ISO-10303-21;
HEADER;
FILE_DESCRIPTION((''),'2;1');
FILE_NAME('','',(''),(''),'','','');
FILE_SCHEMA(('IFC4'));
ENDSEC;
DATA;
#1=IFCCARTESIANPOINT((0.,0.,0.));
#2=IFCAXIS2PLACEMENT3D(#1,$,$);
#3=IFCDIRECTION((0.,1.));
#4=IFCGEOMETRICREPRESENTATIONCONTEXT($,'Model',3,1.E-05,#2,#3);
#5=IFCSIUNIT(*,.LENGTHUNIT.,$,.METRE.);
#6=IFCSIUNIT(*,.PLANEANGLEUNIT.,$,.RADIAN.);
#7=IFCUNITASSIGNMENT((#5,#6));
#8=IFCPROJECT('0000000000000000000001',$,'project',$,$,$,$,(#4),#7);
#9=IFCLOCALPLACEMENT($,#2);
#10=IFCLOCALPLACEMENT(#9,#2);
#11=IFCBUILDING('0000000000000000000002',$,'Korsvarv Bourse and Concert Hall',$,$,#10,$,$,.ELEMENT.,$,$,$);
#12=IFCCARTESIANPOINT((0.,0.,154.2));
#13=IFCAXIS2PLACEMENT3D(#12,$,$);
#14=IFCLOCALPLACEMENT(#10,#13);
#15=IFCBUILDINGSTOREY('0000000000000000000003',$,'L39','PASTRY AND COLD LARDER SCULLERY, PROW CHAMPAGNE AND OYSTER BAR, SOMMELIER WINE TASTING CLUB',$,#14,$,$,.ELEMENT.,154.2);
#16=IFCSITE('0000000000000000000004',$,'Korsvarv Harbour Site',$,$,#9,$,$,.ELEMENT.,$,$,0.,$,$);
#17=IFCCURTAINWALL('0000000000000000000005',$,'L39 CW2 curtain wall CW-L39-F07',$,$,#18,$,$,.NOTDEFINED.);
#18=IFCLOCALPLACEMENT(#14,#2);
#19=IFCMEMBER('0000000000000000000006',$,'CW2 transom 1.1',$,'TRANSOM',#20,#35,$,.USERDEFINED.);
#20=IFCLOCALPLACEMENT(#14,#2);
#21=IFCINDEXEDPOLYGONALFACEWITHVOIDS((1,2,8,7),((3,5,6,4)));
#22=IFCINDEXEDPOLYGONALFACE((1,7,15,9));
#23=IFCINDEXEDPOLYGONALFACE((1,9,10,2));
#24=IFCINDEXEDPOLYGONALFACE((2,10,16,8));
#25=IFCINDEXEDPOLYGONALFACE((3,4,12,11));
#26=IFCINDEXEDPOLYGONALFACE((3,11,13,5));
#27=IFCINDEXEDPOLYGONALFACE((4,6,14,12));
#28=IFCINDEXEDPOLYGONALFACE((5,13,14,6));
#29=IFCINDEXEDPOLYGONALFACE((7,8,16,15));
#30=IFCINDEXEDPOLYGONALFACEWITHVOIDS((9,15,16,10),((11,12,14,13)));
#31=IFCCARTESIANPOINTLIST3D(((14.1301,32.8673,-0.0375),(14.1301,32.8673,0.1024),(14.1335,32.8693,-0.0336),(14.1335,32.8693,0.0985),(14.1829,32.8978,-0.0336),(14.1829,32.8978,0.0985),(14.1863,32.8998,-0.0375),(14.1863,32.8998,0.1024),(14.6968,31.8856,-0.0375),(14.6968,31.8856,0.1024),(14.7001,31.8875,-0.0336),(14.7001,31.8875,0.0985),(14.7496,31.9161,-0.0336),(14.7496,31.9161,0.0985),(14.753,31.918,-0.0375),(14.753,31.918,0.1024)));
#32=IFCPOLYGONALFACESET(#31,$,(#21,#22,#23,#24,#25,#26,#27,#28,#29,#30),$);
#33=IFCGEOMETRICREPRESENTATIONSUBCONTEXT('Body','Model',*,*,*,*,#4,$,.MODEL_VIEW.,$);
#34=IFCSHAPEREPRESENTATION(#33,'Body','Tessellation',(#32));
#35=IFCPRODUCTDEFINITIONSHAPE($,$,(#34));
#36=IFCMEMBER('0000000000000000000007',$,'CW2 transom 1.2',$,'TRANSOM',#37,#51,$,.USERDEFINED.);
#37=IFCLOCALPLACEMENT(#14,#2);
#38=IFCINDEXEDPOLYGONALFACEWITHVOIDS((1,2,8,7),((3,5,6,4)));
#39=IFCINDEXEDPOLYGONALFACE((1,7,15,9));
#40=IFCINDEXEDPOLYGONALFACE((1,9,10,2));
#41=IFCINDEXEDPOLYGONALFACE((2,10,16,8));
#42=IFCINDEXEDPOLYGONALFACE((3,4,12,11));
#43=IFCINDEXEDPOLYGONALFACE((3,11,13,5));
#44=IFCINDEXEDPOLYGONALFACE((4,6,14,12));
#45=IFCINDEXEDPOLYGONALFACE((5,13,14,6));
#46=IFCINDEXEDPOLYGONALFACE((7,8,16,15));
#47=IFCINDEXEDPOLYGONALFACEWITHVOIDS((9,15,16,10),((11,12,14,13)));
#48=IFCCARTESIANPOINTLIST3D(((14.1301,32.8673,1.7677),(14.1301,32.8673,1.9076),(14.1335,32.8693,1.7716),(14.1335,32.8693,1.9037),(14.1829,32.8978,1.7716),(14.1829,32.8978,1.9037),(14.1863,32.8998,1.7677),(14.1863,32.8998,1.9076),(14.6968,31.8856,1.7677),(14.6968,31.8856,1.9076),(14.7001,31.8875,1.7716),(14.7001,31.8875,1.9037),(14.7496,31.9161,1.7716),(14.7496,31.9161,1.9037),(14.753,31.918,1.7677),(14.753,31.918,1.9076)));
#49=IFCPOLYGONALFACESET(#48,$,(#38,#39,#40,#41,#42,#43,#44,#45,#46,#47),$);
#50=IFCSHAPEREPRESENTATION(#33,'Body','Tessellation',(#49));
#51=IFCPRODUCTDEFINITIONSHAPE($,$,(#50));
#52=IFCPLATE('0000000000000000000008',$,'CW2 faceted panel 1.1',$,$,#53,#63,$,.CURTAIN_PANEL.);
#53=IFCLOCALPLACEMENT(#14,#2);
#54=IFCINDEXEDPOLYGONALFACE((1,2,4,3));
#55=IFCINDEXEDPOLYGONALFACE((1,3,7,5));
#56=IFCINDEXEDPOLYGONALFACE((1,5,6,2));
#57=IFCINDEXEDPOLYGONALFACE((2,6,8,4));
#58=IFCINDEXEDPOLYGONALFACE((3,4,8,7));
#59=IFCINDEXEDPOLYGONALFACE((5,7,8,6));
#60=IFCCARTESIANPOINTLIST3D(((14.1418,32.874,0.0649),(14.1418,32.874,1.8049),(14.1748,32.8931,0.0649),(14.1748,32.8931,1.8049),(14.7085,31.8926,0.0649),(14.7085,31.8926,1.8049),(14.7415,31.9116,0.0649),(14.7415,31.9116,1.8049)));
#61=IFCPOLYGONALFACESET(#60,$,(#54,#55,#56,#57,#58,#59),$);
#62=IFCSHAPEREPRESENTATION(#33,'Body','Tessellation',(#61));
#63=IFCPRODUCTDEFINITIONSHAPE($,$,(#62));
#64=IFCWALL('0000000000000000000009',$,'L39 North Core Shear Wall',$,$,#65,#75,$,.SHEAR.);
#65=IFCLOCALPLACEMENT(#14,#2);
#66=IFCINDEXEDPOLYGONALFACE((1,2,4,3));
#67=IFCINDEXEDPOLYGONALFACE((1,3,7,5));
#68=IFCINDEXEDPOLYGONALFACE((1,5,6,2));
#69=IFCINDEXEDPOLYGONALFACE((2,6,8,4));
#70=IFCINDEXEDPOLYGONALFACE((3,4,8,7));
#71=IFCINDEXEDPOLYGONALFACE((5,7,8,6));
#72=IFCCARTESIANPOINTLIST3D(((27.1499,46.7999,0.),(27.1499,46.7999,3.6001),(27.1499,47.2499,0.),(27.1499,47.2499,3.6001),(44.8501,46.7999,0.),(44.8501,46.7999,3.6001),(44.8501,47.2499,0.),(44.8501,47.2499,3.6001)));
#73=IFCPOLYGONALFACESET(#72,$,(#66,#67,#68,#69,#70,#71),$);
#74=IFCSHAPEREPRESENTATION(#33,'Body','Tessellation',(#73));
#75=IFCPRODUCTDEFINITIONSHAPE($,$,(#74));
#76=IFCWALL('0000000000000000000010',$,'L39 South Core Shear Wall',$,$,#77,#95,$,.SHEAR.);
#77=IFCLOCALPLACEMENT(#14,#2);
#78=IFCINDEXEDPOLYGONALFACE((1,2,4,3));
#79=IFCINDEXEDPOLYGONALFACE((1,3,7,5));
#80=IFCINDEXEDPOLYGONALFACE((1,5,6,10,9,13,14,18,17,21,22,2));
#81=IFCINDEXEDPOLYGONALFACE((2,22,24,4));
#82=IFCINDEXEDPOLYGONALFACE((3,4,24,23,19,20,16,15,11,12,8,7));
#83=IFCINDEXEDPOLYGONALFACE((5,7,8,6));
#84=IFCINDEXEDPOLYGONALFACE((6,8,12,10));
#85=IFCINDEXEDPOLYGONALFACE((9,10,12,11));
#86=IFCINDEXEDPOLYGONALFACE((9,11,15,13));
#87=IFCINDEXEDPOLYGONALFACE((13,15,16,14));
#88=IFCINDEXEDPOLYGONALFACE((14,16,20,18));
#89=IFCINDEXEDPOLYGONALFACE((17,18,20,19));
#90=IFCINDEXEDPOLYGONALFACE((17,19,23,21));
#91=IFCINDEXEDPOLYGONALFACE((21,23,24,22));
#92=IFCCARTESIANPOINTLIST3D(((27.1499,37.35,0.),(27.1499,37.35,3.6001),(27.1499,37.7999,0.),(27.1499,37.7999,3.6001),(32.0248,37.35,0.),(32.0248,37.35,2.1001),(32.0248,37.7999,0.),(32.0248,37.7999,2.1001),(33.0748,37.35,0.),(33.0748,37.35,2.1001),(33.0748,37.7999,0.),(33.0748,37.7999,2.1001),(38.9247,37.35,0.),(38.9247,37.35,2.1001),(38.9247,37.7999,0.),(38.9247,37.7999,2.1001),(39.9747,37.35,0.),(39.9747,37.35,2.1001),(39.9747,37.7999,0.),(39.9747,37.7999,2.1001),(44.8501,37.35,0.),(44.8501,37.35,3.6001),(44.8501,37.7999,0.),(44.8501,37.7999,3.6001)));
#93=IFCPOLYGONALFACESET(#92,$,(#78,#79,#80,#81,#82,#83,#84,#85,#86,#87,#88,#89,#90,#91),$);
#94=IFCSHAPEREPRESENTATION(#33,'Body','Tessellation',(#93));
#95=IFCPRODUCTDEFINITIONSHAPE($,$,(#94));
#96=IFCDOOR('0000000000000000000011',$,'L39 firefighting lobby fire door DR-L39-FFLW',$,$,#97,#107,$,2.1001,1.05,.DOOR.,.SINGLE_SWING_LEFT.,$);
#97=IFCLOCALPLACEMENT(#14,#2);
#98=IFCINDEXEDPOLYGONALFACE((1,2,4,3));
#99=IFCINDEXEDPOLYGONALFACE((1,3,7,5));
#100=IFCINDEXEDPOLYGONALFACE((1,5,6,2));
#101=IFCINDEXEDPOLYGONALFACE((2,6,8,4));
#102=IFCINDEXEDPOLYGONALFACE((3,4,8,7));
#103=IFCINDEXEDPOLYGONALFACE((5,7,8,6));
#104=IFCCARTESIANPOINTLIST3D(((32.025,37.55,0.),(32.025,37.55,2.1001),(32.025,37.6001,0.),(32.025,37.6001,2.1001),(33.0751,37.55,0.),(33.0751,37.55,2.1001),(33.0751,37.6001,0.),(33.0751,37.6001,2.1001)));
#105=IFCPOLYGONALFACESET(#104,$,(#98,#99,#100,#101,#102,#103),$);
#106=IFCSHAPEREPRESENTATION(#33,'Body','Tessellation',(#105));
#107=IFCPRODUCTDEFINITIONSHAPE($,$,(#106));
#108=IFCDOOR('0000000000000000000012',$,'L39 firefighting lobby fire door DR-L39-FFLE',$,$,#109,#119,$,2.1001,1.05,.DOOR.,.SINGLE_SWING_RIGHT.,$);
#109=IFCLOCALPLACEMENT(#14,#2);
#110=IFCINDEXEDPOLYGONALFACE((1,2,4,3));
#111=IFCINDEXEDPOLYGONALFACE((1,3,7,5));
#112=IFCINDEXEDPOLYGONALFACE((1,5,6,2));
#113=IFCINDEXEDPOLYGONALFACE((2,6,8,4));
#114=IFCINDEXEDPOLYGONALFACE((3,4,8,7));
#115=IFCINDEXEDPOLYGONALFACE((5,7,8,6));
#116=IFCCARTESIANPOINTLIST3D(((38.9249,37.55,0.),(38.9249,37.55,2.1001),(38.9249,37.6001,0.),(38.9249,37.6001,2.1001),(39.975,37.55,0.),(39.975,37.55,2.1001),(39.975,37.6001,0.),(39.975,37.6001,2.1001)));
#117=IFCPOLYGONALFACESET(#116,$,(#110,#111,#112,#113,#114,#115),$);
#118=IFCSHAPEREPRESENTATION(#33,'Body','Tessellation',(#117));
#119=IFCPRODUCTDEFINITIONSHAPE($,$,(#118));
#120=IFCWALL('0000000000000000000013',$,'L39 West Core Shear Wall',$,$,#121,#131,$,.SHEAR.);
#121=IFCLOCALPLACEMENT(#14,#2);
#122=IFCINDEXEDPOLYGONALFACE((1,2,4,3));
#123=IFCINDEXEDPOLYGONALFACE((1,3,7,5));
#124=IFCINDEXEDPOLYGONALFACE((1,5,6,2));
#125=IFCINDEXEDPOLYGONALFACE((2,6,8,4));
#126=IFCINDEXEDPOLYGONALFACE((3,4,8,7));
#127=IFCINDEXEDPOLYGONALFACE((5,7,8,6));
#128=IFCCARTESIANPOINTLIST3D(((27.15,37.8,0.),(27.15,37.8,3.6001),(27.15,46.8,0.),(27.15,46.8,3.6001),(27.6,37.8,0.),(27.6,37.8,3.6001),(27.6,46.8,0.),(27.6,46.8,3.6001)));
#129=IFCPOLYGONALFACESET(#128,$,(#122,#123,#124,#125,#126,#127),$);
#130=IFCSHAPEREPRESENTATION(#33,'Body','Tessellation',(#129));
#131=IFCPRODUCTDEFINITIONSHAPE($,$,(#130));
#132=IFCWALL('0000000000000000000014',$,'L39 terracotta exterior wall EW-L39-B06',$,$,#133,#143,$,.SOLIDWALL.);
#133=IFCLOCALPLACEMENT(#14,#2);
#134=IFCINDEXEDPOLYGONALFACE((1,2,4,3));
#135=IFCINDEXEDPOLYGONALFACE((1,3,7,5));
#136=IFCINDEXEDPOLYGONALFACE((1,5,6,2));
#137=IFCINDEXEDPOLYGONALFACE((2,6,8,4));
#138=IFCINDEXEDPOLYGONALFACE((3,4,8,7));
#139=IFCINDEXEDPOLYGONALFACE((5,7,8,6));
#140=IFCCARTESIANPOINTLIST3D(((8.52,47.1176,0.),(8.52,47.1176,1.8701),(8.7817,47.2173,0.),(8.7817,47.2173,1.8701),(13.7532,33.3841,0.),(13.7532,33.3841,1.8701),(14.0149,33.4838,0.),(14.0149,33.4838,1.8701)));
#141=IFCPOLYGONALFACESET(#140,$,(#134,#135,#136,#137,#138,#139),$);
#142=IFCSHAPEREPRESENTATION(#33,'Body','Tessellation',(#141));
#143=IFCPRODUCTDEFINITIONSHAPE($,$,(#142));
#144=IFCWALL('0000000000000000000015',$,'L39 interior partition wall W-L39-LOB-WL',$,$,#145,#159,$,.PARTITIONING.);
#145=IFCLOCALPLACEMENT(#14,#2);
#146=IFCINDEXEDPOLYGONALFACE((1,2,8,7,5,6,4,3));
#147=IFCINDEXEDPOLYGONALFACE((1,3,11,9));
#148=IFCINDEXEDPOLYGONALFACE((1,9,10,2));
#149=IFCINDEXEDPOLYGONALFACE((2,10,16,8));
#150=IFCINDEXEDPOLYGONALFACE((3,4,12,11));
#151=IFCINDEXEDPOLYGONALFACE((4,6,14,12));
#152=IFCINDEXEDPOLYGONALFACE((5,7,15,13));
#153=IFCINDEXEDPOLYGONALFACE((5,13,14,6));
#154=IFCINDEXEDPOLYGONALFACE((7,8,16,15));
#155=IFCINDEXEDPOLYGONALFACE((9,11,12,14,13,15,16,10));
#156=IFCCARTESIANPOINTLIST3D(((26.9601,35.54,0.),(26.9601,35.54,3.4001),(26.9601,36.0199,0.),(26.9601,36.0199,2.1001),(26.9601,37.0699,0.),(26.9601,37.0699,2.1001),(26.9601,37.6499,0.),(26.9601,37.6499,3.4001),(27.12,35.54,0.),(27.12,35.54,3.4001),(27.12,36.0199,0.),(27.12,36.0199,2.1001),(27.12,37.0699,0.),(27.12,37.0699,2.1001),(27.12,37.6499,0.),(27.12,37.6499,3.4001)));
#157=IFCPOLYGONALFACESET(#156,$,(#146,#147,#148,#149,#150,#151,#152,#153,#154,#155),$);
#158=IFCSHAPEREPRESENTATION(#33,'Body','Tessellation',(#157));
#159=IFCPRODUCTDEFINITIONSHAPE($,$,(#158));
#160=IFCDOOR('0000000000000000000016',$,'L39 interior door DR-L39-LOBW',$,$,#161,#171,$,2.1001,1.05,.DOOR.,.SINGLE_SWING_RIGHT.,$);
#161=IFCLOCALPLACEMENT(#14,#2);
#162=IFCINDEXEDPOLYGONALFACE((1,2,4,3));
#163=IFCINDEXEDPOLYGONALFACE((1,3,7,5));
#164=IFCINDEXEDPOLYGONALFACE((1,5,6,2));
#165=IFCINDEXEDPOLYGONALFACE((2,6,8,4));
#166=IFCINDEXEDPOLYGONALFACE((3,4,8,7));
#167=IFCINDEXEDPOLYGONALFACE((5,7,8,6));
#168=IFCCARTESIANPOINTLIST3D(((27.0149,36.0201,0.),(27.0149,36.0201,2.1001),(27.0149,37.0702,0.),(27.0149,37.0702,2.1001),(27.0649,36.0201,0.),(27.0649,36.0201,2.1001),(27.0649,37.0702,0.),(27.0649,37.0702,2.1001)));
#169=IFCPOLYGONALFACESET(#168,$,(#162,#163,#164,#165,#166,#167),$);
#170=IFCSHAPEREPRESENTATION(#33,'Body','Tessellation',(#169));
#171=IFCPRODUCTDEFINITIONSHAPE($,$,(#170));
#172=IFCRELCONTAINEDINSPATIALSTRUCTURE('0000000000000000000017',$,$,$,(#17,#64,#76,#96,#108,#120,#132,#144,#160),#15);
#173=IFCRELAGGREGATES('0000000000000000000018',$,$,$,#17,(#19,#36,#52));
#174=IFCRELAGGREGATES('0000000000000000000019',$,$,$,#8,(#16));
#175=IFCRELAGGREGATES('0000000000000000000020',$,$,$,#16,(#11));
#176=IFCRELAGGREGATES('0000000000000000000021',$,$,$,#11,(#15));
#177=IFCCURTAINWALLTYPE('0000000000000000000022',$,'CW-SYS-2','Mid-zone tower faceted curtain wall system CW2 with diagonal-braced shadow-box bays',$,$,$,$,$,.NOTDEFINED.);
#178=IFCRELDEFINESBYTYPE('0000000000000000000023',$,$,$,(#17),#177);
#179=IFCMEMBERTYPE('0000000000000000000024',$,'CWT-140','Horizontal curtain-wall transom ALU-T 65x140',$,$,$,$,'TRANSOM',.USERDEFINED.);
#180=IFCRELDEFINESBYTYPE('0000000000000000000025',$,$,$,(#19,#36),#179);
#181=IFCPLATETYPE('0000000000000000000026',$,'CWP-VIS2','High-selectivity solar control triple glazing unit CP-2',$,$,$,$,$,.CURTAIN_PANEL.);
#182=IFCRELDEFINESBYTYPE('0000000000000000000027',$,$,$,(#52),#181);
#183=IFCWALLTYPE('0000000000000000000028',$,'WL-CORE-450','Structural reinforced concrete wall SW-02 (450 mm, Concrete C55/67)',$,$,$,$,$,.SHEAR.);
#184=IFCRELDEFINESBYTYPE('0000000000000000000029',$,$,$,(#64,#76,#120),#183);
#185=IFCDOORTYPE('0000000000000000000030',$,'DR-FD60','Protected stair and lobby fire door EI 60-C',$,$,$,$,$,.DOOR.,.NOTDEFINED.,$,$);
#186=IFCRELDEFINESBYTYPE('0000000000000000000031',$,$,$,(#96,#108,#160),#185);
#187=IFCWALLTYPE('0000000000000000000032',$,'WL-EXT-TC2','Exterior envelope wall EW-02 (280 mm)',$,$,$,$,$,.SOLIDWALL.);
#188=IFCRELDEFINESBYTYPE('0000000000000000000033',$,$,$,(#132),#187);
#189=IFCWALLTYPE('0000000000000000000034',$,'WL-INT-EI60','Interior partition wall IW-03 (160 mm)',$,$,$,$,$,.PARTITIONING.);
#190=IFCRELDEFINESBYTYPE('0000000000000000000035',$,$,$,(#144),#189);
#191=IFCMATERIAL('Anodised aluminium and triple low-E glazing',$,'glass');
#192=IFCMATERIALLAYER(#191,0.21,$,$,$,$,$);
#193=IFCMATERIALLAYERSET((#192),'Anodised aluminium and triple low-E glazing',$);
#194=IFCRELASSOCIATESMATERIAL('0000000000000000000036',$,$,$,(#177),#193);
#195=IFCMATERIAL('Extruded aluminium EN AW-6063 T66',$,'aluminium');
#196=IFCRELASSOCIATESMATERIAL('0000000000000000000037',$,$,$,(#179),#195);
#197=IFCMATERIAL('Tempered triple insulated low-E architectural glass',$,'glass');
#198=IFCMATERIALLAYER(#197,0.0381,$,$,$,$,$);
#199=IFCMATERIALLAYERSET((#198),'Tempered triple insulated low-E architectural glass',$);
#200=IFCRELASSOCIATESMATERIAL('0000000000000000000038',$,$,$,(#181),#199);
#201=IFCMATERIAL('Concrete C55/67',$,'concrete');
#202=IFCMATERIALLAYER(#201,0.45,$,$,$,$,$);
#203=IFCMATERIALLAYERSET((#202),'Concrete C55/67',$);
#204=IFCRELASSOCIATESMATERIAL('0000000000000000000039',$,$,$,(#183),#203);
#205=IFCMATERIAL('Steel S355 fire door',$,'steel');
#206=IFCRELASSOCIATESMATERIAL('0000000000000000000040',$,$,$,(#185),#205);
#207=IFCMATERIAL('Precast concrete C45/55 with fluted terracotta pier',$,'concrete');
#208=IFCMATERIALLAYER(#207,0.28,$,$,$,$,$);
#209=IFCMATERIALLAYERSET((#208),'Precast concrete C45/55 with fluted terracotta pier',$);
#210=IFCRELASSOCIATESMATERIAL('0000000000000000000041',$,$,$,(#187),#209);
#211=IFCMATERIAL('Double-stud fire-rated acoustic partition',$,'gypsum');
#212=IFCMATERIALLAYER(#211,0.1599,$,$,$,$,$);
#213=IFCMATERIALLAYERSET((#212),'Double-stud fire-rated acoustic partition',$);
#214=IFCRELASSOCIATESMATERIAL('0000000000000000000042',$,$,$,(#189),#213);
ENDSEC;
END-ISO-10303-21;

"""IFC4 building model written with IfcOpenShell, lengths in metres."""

from ifc_helpers import new_model, si_unit, direction, frame, frame_2d, origin, origin_2d, place, context, subcontext, project, spatial, rectangle, hollow_rectangle, extrude, source, transform, mapped, material, layer, layer_set, material_profile, profile_set, type_object, element, fill, aggregate, save


model = new_model("IFC4")

# Units and contexts
model_context = context("Model", 3, precision=1e-05, world=origin(), true_north=direction((0.0, 1.0)))
body_context = subcontext(model_context, "Body", "Model", "MODEL_VIEW")
ifc_project = project(units=[si_unit("LENGTHUNIT", "METRE"), si_unit("PLANEANGLEUNIT", "RADIAN")], contexts=[model_context])

# Site, building, storey
site_placement = place(None, origin())
site = spatial("IfcSite", under=ifc_project, at=site_placement, Name="Korsvarv Harbour Site", CompositionType="ELEMENT", RefElevation=0.0)
building_placement = place(site_placement, origin())
building = spatial("IfcBuilding", under=site, at=building_placement, Name="Korsvarv Bourse and Concert Hall", CompositionType="ELEMENT")
storey_placement = place(building_placement, frame((0.0, 0.0, 154.2)))
storey = spatial("IfcBuildingStorey", under=building, at=storey_placement, Name="L39", Description="PASTRY AND COLD LARDER SCULLERY, PROW CHAMPAGNE AND OYSTER BAR, SOMMELIER WINE TASTING CLUB", CompositionType="ELEMENT", Elevation=154.2)

# Curtain wall, members, plate
ifc_material_1 = material(Name="Anodised aluminium and triple low-E glazing", Category="glass")
ifc_layer_1 = layer(ifc_material_1, 0.21)
ifc_layer_set_1 = layer_set([ifc_layer_1], Name="Anodised aluminium and triple low-E glazing")
curtain_wall_type = type_object("IfcCurtainWallType", Name="CW-SYS-2", Description="Mid-zone tower faceted curtain wall system CW2 with diagonal-braced shadow-box bays", PredefinedType="NOTDEFINED", material=ifc_layer_set_1)
curtain_wall_placement = place(storey_placement, origin())
curtain_wall = element("IfcCurtainWall", 1, at=curtain_wall_placement, inside=storey, type_object=curtain_wall_type, Name="L39 CW2 curtain wall CW-L39-F07", PredefinedType="NOTDEFINED")
ifc_material_2 = material(Name="Extruded aluminium EN AW-6063 T66", Category="aluminium")
ifc_material_profile_1 = material_profile(ifc_material_2, hollow_rectangle(XDim=0.0649, YDim=0.1399, WallThickness=0.0039, at=origin_2d()), Name="ALU-T 65x140")
ifc_profile_set_1 = profile_set([ifc_material_profile_1], Name="Extruded aluminium EN AW-6063 T66")
member_type_1 = type_object("IfcMemberType", Name="CWT-140", Description="Horizontal curtain-wall transom ALU-T 65x140", ElementType="TRANSOM", PredefinedType="USERDEFINED", material=ifc_profile_set_1)
shared_shape_1 = source(origin(), body_context, "Body", "SweptSolid", [
    extrude(hollow_rectangle(XDim=0.0649, YDim=0.1399, WallThickness=0.0039, at=origin_2d()), origin(), (0.0, 0.0, 1.0), 1.1335),
])
member_1_placement = place(storey_placement, frame((14.1582, 32.8835, 0.0325), z_axis=(0.499915, -0.866074, 0.0), x_axis=(0.866074, 0.499915, 0.0)))
member_1 = element("IfcMember", 2, at=member_1_placement, type_object=member_type_1, Name="CW2 transom 1.1", ObjectType="TRANSOM", PredefinedType="USERDEFINED", context=body_context, shape_type="MappedRepresentation", body=[
    mapped(shared_shape_1, transform((0.0, 0.0, 0.0), scale=1.0)),
])
member_2_placement = place(storey_placement, frame((14.1582, 32.8835, 1.8376), z_axis=(0.499915, -0.866074, 0.0), x_axis=(0.866074, 0.499915, 0.0)))
member_2 = element("IfcMember", 3, at=member_2_placement, type_object=member_type_1, Name="CW2 transom 1.2", ObjectType="TRANSOM", PredefinedType="USERDEFINED", context=body_context, shape_type="MappedRepresentation", body=[
    mapped(shared_shape_1, transform((0.0, 0.0, 0.0), scale=1.0)),
])
ifc_material_3 = material(Name="Tempered triple insulated low-E architectural glass", Category="glass")
ifc_layer_2 = layer(ifc_material_3, 0.0381)
ifc_layer_set_2 = layer_set([ifc_layer_2], Name="Tempered triple insulated low-E architectural glass")
plate_type = type_object("IfcPlateType", Name="CWP-VIS2", Description="High-selectivity solar control triple glazing unit CP-2", PredefinedType="CURTAIN_PANEL", material=ifc_layer_set_2)
shared_shape_2 = source(origin(), body_context, "Body", "SweptSolid", [
    extrude(rectangle(XDim=1.1333, YDim=0.0381, at=origin_2d()), origin(), (0.0, 0.0, 1.0), 1.74),
])
plate_placement = place(storey_placement, frame((14.4417, 32.3928, 0.0649), z_axis=(0.0, 0.0, 1.0), x_axis=(0.500006, -0.866022, 0.0)))
plate = element("IfcPlate", 4, at=plate_placement, type_object=plate_type, Name="CW2 faceted panel 1.1", PredefinedType="CURTAIN_PANEL", context=body_context, shape_type="MappedRepresentation", body=[
    mapped(shared_shape_2, transform((0.0, 0.0, 0.0), scale=1.0)),
])
aggregate(curtain_wall, [member_1, member_2, plate])

# Wall
ifc_material_4 = material(Name="Concrete C55/67", Category="concrete")
ifc_layer_3 = layer(ifc_material_4, 0.45)
ifc_layer_set_3 = layer_set([ifc_layer_3], Name="Concrete C55/67")
wall_type_1 = type_object("IfcWallType", Name="WL-CORE-450", Description="Structural reinforced concrete wall SW-02 (450 mm, Concrete C55/67)", PredefinedType="SHEAR", material=ifc_layer_set_3)
wall_1_placement = place(storey_placement, frame((27.1499, 47.0249, 0.0), z_axis=(0.0, 0.0, 1.0), x_axis=(1.0, 0.0, 0.0)))
element("IfcWall", 5, at=wall_1_placement, inside=storey, type_object=wall_type_1, Name="L39 North Core Shear Wall", PredefinedType="SHEAR", context=body_context, shape_type="SweptSolid", body=[
    extrude(rectangle(XDim=17.7002, YDim=0.45, at=frame_2d((8.8501, 0.0))), origin(), (0.0, 0.0, 1.0), 3.6001),
])

# Wall, openings, doors
wall_2_placement = place(storey_placement, frame((27.1499, 37.575, 0.0), z_axis=(0.0, 0.0, 1.0), x_axis=(1.0, 0.0, 0.0)))
wall_2 = element("IfcWall", 6, at=wall_2_placement, inside=storey, type_object=wall_type_1, Name="L39 South Core Shear Wall", PredefinedType="SHEAR", context=body_context, shape_type="SweptSolid", body=[
    extrude(rectangle(XDim=17.7002, YDim=0.45, at=frame_2d((8.8501, 0.0))), origin(), (0.0, 0.0, 1.0), 3.6001),
])
opening_1_placement = place(wall_2_placement, frame((4.875, 0.0, 0.0)))
opening_1 = element("IfcOpeningElement", 7, at=opening_1_placement, cuts=wall_2, PredefinedType="OPENING", context=body_context, shape_type="SweptSolid", body=[
    extrude(rectangle(XDim=1.05, YDim=2.1001, at=frame_2d((0.5249, 1.05))), frame((0.0, 0.2349, 0.0), z_axis=(0.0, -1.0, 0.0), x_axis=(1.0, 0.0, 0.0)), (0.0, 0.0, 1.0), 0.47),
])
opening_2_placement = place(wall_2_placement, frame((11.7749, 0.0, 0.0)))
opening_2 = element("IfcOpeningElement", 8, at=opening_2_placement, cuts=wall_2, PredefinedType="OPENING", context=body_context, shape_type="SweptSolid", body=[
    extrude(rectangle(XDim=1.05, YDim=2.1001, at=frame_2d((0.5249, 1.05))), frame((0.0, 0.2349, 0.0), z_axis=(0.0, -1.0, 0.0), x_axis=(1.0, 0.0, 0.0)), (0.0, 0.0, 1.0), 0.47),
])
ifc_material_5 = material(Name="Steel S355 fire door", Category="steel")
door_type_1 = type_object("IfcDoorType", Name="DR-FD60", Description="Protected stair and lobby fire door EI 60-C", OperationType="NOTDEFINED", PredefinedType="DOOR", material=ifc_material_5)
door_1_placement = place(opening_1_placement, frame((1.05, 0.0, 0.0), z_axis=(0.0, 0.0, 1.0), x_axis=(-1.0, 0.0, 0.0)))
door_1 = element("IfcDoor", 9, at=door_1_placement, inside=storey, type_object=door_type_1, Name="L39 firefighting lobby fire door DR-L39-FFLW", OperationType="SINGLE_SWING_LEFT", OverallHeight=2.1001, OverallWidth=1.05, PredefinedType="DOOR", context=body_context, shape_type="SweptSolid", body=[
    extrude(rectangle(XDim=1.05, YDim=2.1001, at=frame_2d((0.5249, 1.05))), frame((0.0, 0.0249, 0.0), z_axis=(0.0, -1.0, 0.0), x_axis=(1.0, 0.0, 0.0)), (0.0, 0.0, 1.0), 0.05),
])
fill(opening_1, door_1)
door_2_placement = place(opening_2_placement, frame((1.05, 0.0, 0.0), z_axis=(0.0, 0.0, 1.0), x_axis=(-1.0, 0.0, 0.0)))
door_2 = element("IfcDoor", 10, at=door_2_placement, inside=storey, type_object=door_type_1, Name="L39 firefighting lobby fire door DR-L39-FFLE", OperationType="SINGLE_SWING_RIGHT", OverallHeight=2.1001, OverallWidth=1.05, PredefinedType="DOOR", context=body_context, shape_type="SweptSolid", body=[
    extrude(rectangle(XDim=1.05, YDim=2.1001, at=frame_2d((0.5249, 1.05))), frame((0.0, 0.0249, 0.0), z_axis=(0.0, -1.0, 0.0), x_axis=(1.0, 0.0, 0.0)), (0.0, 0.0, 1.0), 0.05),
])
fill(opening_2, door_2)

# Walls
wall_3_placement = place(storey_placement, frame((27.375, 37.8, 0.0), z_axis=(0.0, 0.0, 1.0), x_axis=(0.0, 1.0, 0.0)))
element("IfcWall", 11, at=wall_3_placement, inside=storey, type_object=wall_type_1, Name="L39 West Core Shear Wall", PredefinedType="SHEAR", context=body_context, shape_type="SweptSolid", body=[
    extrude(rectangle(XDim=9.0, YDim=0.45, at=frame_2d((4.5, 0.0))), origin(), (0.0, 0.0, 1.0), 3.6001),
])
ifc_material_6 = material(Name="Precast concrete C45/55 with fluted terracotta pier", Category="concrete")
ifc_layer_4 = layer(ifc_material_6, 0.28)
ifc_layer_set_4 = layer_set([ifc_layer_4], Name="Precast concrete C45/55 with fluted terracotta pier")
wall_type_2 = type_object("IfcWallType", Name="WL-EXT-TC2", Description="Exterior envelope wall EW-02 (280 mm)", PredefinedType="SOLIDWALL", material=ifc_layer_set_4)
wall_4_placement = place(storey_placement, frame((8.6509, 47.1675, 0.0), z_axis=(0.0, 0.0, 1.0), x_axis=(0.356078, -0.934456, 0.0)))
element("IfcWall", 12, at=wall_4_placement, inside=storey, type_object=wall_type_2, Name="L39 terracotta exterior wall EW-L39-B06", PredefinedType="SOLIDWALL", context=body_context, shape_type="SweptSolid", body=[
    extrude(rectangle(XDim=14.6968, YDim=0.28, at=frame_2d((7.3484, 0.0))), origin(), (0.0, 0.0, 1.0), 1.8701),
])

# Wall, opening, door
ifc_material_7 = material(Name="Double-stud fire-rated acoustic partition", Category="gypsum")
ifc_layer_5 = layer(ifc_material_7, 0.1599)
ifc_layer_set_5 = layer_set([ifc_layer_5], Name="Double-stud fire-rated acoustic partition")
wall_type_3 = type_object("IfcWallType", Name="WL-INT-EI60", Description="Interior partition wall IW-03 (160 mm)", PredefinedType="PARTITIONING", material=ifc_layer_set_5)
wall_5_placement = place(storey_placement, frame((27.04, 35.54, 0.0), z_axis=(0.0, 0.0, 1.0), x_axis=(0.0, 1.0, 0.0)))
wall_5 = element("IfcWall", 13, at=wall_5_placement, inside=storey, type_object=wall_type_3, Name="L39 interior partition wall W-L39-LOB-WL", PredefinedType="PARTITIONING", context=body_context, shape_type="SweptSolid", body=[
    extrude(rectangle(XDim=2.1099, YDim=0.1599, at=frame_2d((1.0549, 0.0))), origin(), (0.0, 0.0, 1.0), 3.4001),
])
opening_3_placement = place(wall_5_placement, frame((0.48, 0.0, 0.0)))
opening_3 = element("IfcOpeningElement", 14, at=opening_3_placement, cuts=wall_5, PredefinedType="OPENING", context=body_context, shape_type="SweptSolid", body=[
    extrude(rectangle(XDim=1.05, YDim=2.1001, at=frame_2d((0.5249, 1.05))), frame((0.0, 0.0898, 0.0), z_axis=(0.0, -1.0, 0.0), x_axis=(1.0, 0.0, 0.0)), (0.0, 0.0, 1.0), 0.1799),
])
door_3_placement = place(opening_3_placement, frame((1.05, 0.0, 0.0), z_axis=(0.0, 0.0, 1.0), x_axis=(-1.0, 0.0, 0.0)))
door_3 = element("IfcDoor", 15, at=door_3_placement, inside=storey, type_object=door_type_1, Name="L39 interior door DR-L39-LOBW", OperationType="SINGLE_SWING_RIGHT", OverallHeight=2.1001, OverallWidth=1.05, PredefinedType="DOOR", context=body_context, shape_type="SweptSolid", body=[
    extrude(rectangle(XDim=1.05, YDim=2.1001, at=frame_2d((0.5249, 1.05))), frame((0.0, 0.0249, 0.0), z_axis=(0.0, -1.0, 0.0), x_axis=(1.0, 0.0, 0.0)), (0.0, 0.0, 1.0), 0.05),
])
fill(opening_3, door_3)

save(model, "model.ifc")
